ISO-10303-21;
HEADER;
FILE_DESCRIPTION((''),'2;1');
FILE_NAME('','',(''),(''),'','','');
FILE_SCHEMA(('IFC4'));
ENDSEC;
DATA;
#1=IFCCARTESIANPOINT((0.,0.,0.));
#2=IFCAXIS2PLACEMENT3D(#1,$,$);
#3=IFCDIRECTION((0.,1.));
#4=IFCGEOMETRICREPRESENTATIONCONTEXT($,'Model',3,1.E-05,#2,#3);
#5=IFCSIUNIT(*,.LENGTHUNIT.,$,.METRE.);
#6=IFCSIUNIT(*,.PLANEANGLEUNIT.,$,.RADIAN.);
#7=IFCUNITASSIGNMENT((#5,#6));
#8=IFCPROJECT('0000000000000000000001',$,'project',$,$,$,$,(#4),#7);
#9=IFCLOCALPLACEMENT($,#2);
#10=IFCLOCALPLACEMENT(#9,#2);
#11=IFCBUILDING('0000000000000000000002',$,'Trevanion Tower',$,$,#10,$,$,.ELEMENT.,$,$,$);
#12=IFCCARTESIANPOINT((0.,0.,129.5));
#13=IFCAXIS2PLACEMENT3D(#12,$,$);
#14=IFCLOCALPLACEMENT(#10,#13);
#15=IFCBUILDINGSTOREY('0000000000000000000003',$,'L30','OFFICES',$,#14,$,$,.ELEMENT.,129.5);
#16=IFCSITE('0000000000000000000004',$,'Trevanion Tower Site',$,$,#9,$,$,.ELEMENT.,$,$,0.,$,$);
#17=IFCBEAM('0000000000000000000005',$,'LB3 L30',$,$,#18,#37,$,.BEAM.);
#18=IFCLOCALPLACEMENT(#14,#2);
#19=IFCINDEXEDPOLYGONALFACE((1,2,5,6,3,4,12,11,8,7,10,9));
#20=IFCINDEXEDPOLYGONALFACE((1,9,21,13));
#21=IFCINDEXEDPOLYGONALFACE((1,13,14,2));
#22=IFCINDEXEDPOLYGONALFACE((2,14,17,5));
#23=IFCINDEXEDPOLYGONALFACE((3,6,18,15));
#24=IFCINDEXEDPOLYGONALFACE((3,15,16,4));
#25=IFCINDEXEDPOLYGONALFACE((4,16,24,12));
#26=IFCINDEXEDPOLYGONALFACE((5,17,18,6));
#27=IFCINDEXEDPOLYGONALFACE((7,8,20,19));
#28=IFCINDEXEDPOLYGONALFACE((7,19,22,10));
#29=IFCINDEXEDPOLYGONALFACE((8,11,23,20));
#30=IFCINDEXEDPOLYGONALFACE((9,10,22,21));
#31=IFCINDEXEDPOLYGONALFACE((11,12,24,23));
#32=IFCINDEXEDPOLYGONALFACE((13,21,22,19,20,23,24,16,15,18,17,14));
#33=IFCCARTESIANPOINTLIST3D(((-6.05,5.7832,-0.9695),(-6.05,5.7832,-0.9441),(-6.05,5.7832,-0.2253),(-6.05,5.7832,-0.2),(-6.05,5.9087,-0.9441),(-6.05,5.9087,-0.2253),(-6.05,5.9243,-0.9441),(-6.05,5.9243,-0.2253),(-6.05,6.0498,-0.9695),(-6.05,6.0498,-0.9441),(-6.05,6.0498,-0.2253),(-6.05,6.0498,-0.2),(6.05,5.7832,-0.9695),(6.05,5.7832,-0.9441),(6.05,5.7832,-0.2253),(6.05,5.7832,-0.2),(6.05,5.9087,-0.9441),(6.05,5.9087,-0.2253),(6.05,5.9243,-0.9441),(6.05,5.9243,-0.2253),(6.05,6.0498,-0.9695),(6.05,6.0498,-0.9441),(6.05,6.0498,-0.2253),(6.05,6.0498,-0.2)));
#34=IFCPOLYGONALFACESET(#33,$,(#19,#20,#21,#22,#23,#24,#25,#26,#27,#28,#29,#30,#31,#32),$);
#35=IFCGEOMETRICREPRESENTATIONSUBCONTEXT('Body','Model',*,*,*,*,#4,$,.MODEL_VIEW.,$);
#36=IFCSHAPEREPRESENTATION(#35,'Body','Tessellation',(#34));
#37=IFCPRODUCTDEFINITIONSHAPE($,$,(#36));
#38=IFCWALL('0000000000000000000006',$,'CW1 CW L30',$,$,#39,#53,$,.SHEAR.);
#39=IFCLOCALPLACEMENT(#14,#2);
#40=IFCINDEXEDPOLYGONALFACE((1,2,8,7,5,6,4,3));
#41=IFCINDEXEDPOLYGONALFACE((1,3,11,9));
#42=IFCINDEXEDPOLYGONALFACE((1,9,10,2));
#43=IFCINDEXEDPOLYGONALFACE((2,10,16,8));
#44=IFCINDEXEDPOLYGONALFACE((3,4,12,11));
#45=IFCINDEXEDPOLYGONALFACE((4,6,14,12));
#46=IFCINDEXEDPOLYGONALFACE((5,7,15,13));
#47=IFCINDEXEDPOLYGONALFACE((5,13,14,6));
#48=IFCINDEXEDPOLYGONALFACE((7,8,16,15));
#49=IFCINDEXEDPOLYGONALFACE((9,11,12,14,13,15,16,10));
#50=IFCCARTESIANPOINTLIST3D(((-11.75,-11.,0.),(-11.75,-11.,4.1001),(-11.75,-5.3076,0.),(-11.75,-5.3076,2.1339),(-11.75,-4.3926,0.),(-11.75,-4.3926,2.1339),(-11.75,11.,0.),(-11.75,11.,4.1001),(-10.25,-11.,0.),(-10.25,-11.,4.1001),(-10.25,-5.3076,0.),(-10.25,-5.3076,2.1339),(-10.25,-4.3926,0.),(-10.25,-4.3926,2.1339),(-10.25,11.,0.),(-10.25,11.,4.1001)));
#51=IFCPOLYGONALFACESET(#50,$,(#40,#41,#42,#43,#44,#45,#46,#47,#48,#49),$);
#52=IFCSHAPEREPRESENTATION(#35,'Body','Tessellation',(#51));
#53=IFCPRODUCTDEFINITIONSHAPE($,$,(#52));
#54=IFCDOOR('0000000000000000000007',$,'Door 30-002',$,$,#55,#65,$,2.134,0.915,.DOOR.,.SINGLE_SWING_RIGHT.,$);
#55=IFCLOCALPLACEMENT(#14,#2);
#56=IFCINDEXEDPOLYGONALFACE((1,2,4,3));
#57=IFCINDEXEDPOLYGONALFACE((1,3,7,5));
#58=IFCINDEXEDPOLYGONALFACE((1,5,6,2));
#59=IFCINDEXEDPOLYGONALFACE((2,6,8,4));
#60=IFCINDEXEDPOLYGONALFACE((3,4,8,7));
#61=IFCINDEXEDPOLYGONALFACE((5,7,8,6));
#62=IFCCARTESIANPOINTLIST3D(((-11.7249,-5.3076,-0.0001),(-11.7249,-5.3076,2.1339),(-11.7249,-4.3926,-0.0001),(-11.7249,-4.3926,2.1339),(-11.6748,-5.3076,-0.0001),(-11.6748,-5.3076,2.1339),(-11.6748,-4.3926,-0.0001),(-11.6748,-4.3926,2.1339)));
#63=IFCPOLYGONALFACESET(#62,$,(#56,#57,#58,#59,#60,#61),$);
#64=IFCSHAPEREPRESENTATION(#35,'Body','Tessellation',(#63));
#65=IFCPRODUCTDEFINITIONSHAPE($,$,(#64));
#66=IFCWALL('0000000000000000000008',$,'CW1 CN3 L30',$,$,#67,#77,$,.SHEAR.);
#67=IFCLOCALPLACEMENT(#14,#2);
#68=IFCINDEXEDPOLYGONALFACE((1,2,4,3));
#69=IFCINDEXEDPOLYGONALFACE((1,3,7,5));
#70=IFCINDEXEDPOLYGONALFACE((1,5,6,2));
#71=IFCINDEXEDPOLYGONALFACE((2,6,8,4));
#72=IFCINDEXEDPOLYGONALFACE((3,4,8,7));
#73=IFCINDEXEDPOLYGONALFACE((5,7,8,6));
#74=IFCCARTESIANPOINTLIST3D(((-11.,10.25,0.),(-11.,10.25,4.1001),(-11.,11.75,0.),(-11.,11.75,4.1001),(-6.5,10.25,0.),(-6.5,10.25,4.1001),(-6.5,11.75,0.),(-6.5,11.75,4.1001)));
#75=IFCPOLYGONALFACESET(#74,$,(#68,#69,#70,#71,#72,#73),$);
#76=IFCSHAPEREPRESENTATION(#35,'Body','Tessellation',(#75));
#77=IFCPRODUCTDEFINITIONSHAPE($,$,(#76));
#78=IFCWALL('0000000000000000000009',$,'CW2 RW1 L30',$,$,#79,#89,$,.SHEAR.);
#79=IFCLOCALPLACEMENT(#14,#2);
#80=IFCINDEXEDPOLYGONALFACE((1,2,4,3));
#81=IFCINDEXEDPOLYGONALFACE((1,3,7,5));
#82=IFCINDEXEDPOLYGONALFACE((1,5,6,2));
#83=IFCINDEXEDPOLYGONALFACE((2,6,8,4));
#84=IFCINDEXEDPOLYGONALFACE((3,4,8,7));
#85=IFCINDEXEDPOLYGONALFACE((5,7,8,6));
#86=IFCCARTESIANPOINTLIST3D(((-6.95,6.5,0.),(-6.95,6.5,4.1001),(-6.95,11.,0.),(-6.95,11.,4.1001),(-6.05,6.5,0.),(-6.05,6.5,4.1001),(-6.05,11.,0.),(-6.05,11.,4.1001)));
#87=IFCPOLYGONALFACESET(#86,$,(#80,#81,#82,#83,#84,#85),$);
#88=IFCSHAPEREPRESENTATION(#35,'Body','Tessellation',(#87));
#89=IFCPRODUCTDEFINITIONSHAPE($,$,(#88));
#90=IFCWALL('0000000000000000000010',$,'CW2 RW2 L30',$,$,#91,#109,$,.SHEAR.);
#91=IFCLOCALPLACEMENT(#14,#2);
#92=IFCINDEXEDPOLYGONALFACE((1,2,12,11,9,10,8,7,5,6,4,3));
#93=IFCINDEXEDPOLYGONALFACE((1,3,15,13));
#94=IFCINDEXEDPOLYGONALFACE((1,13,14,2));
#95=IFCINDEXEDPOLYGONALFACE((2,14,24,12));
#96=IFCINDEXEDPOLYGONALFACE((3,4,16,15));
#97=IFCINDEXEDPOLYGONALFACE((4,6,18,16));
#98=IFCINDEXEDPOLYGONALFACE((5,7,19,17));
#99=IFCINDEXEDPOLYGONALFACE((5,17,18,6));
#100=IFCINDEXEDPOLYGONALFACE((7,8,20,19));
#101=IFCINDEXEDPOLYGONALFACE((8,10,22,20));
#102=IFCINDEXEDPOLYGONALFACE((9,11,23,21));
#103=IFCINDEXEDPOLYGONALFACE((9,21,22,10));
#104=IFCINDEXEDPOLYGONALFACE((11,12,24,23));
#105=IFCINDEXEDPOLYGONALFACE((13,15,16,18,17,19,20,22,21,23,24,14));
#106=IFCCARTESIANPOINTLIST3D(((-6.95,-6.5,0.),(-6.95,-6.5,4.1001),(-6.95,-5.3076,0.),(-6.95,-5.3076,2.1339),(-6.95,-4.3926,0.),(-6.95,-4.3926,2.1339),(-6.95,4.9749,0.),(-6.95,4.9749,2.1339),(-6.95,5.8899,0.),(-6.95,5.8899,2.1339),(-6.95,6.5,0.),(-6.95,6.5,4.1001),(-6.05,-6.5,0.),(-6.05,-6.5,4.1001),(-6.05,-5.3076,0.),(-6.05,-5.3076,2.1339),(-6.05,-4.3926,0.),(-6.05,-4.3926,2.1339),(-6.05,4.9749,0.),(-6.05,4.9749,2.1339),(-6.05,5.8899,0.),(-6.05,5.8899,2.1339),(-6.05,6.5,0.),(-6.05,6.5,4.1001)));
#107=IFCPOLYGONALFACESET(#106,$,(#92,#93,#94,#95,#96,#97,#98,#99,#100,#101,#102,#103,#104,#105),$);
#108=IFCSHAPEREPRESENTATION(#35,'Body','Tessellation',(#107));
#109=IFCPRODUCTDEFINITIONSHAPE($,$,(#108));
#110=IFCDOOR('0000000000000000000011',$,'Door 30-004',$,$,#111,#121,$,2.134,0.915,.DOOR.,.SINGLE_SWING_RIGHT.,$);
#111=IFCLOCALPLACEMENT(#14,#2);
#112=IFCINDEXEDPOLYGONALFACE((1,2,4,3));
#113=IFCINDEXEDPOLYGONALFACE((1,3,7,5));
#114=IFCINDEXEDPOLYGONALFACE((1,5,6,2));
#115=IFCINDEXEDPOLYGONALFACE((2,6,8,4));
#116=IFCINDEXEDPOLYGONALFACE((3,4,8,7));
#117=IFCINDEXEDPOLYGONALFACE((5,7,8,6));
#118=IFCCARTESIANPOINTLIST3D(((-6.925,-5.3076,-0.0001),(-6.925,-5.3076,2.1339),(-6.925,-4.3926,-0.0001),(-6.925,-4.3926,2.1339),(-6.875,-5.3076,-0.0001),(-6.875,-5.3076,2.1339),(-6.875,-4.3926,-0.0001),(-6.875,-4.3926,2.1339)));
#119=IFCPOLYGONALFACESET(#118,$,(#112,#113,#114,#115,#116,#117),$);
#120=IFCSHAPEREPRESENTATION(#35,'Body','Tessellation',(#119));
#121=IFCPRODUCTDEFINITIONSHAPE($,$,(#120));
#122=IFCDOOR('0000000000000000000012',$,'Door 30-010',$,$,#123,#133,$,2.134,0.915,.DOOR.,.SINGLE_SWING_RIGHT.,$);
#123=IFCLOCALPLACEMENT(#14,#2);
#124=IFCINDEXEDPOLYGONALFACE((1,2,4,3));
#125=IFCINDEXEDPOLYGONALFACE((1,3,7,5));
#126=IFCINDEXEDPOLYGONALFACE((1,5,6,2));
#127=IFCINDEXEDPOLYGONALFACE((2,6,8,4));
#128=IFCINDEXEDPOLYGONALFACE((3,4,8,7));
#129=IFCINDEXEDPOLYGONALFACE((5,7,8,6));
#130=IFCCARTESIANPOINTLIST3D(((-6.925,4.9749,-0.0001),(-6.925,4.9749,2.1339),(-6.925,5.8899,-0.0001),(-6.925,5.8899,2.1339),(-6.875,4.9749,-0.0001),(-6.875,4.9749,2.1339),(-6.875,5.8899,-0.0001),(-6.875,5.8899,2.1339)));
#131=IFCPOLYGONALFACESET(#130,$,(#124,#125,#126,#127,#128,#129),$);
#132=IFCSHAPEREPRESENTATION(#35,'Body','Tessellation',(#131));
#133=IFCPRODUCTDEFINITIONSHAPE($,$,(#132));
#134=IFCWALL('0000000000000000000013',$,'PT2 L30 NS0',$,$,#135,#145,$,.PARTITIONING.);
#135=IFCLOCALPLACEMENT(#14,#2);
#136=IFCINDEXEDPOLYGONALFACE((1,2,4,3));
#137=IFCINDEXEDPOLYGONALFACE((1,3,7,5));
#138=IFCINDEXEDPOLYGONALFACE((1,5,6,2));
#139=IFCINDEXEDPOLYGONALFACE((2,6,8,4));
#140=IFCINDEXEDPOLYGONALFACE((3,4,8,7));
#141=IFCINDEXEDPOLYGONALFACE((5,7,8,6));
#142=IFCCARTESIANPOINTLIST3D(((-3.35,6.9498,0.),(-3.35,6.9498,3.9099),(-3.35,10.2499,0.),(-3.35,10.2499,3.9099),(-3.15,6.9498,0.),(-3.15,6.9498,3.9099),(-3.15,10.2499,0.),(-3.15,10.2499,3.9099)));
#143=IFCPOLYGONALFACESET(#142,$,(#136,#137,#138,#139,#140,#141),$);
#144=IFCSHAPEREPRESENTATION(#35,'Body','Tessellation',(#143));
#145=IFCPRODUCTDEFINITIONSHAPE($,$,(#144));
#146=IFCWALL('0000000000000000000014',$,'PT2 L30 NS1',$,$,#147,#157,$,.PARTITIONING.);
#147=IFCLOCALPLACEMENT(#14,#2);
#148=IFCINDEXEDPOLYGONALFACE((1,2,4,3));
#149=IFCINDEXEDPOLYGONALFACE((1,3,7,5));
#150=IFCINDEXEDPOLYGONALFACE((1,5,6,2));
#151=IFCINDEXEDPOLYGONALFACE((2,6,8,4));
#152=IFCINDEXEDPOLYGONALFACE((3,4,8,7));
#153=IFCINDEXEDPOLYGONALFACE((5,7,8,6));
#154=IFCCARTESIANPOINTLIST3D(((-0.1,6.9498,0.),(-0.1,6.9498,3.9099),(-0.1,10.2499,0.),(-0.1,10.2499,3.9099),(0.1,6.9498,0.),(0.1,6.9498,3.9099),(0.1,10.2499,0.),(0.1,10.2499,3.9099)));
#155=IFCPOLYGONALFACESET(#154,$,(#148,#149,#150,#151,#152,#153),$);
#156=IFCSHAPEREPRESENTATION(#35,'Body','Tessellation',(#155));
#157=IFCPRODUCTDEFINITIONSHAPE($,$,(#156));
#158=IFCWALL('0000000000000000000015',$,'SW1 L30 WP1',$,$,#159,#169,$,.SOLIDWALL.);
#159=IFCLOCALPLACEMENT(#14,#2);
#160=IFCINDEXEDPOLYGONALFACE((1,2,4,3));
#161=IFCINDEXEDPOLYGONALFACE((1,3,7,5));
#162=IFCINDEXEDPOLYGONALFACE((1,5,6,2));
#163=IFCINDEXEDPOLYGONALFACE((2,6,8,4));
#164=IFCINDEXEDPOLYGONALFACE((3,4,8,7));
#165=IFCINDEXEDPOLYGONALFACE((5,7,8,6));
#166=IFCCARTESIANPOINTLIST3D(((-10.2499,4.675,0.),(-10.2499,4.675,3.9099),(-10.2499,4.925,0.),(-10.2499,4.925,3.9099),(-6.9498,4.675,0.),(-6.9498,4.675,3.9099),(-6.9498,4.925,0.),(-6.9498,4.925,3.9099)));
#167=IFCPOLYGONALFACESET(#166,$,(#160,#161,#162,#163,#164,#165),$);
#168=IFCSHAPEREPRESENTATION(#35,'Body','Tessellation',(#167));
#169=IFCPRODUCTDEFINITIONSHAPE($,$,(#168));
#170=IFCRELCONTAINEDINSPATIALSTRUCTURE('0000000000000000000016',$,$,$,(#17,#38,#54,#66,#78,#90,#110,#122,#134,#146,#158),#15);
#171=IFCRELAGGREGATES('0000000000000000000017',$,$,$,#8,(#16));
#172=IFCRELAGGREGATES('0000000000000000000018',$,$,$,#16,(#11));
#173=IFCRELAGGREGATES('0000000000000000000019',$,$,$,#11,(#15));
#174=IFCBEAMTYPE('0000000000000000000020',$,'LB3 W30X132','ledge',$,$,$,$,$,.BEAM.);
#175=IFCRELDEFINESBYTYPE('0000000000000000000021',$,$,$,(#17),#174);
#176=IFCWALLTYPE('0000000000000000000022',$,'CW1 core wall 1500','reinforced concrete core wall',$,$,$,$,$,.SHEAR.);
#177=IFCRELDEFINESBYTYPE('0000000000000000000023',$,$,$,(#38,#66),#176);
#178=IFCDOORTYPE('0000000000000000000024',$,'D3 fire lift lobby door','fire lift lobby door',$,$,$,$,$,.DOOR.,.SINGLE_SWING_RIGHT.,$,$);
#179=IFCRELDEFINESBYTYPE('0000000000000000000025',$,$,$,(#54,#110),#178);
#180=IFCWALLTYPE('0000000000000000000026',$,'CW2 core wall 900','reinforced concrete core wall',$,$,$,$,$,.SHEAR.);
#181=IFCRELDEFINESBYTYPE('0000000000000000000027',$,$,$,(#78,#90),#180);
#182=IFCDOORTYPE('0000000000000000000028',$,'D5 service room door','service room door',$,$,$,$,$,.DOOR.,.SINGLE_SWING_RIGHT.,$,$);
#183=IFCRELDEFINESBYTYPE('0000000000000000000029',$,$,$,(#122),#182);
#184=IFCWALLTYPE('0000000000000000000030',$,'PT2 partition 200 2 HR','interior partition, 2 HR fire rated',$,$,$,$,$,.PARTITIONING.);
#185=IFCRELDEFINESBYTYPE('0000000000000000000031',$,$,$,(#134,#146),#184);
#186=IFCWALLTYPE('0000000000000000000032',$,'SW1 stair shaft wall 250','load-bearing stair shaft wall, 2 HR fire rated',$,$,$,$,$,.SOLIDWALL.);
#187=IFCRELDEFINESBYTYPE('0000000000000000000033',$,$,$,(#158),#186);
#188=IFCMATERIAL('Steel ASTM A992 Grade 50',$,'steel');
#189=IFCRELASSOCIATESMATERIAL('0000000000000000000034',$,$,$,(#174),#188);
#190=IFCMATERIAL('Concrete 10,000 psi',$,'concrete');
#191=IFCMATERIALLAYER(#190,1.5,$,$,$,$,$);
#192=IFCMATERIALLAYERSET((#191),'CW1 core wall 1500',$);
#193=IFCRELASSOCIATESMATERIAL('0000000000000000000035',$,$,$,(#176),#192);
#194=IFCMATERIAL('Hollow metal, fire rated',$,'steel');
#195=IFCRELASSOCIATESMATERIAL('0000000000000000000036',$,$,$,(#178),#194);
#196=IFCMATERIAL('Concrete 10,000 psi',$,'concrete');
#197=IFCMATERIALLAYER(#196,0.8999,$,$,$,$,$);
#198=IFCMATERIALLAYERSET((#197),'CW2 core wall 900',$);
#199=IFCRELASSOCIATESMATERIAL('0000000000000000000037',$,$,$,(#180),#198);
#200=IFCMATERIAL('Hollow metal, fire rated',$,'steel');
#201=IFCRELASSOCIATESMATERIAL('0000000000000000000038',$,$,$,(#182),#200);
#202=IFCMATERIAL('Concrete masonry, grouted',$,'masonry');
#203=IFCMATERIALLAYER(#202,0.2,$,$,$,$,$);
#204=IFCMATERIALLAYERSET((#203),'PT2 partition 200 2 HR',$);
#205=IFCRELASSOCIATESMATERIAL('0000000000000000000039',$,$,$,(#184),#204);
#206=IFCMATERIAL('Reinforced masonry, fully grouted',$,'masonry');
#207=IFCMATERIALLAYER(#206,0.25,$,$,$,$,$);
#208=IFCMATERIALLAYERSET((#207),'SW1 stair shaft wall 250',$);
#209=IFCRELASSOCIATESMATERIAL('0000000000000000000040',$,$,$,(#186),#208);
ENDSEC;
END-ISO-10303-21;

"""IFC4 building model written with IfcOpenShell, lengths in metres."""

from ifc_helpers import new_model, si_unit, direction, frame, frame_2d, origin, origin_2d, place, context, subcontext, project, spatial, rectangle, i_section, extrude, material, layer, layer_set, material_profile, profile_set, type_object, element, fill, save


model = new_model("IFC4")

# Units and contexts
model_context = context("Model", 3, precision=1e-05, world=origin(), true_north=direction((0.0, 1.0)))
body_context = subcontext(model_context, "Body", "Model", "MODEL_VIEW")
ifc_project = project(units=[si_unit("LENGTHUNIT", "METRE"), si_unit("PLANEANGLEUNIT", "RADIAN")], contexts=[model_context])

# Site, building, storey
site_placement = place(None, origin())
site = spatial("IfcSite", under=ifc_project, at=site_placement, Name="Trevanion Tower Site", CompositionType="ELEMENT", RefElevation=0.0)
building_placement = place(site_placement, origin())
building = spatial("IfcBuilding", under=site, at=building_placement, Name="Trevanion Tower", CompositionType="ELEMENT")
storey_placement = place(building_placement, frame((0.0, 0.0, 129.5)))
storey = spatial("IfcBuildingStorey", under=building, at=storey_placement, Name="L30", Description="OFFICES", CompositionType="ELEMENT", Elevation=129.5)

# Beam
ifc_material_1 = material(Name="Steel ASTM A992 Grade 50", Category="steel")
ifc_material_profile_1 = material_profile(ifc_material_1, i_section(OverallWidth=0.2666, OverallDepth=0.7695, WebThickness=0.0156, FlangeThickness=0.0254, at=origin_2d()), Name="W30X132")
ifc_profile_set_1 = profile_set([ifc_material_profile_1], Name="Steel ASTM A992 Grade 50")
beam_type_1 = type_object("IfcBeamType", Name="LB3 W30X132", Description="ledge", PredefinedType="BEAM", material=ifc_profile_set_1)
beam_1_placement = place(storey_placement, frame((-6.05, 5.9165, -0.5847), z_axis=(1.0, 0.0, 0.0), x_axis=(0.0, 1.0, 0.0)))
element("IfcBeam", 1, at=beam_1_placement, inside=storey, type_object=beam_type_1, Name="LB3 L30", PredefinedType="BEAM", context=body_context, shape_type="SweptSolid", body=[
    extrude(i_section(OverallWidth=0.2666, OverallDepth=0.7695, WebThickness=0.0156, FlangeThickness=0.0254, at=origin_2d()), origin(), (0.0, 0.0, 1.0), 12.1001),
])

# Wall, opening, door
ifc_material_2 = material(Name="Concrete 10,000 psi", Category="concrete")
ifc_layer_1 = layer(ifc_material_2, 1.5)
ifc_layer_set_1 = layer_set([ifc_layer_1], Name="CW1 core wall 1500")
wall_type_1 = type_object("IfcWallType", Name="CW1 core wall 1500", Description="reinforced concrete core wall", PredefinedType="SHEAR", material=ifc_layer_set_1)
wall_1_placement = place(storey_placement, frame((-11.0, 11.0, 0.0), z_axis=(0.0, 0.0, 1.0), x_axis=(0.0, -1.0, 0.0)))
wall_1 = element("IfcWall", 2, at=wall_1_placement, inside=storey, type_object=wall_type_1, Name="CW1 CW L30", PredefinedType="SHEAR", context=body_context, shape_type="SweptSolid", body=[
    extrude(rectangle(XDim=22.0, YDim=1.5, at=frame_2d((11.0, 0.0))), origin(), (0.0, 0.0, 1.0), 4.1001),
])
opening_1_placement = place(wall_1_placement, frame((15.3926, 0.0, 0.0)))
opening_1 = element("IfcOpeningElement", 3, at=opening_1_placement, cuts=wall_1, PredefinedType="OPENING", context=body_context, shape_type="SweptSolid", body=[
    extrude(rectangle(XDim=0.915, YDim=2.134, at=frame_2d((0.4575, 1.0669))), frame((0.0, 0.76, 0.0), z_axis=(0.0, -1.0, 0.0), x_axis=(1.0, 0.0, 0.0)), (0.0, 0.0, 1.0), 1.52),
])
ifc_material_3 = material(Name="Hollow metal, fire rated", Category="steel")
door_type_1 = type_object("IfcDoorType", Name="D3 fire lift lobby door", Description="fire lift lobby door", OperationType="SINGLE_SWING_RIGHT", PredefinedType="DOOR", material=ifc_material_3)
door_1_placement = place(opening_1_placement, origin())
door_1 = element("IfcDoor", 4, at=door_1_placement, inside=storey, type_object=door_type_1, Name="Door 30-002", OperationType="SINGLE_SWING_RIGHT", OverallHeight=2.134, OverallWidth=0.915, PredefinedType="DOOR", context=body_context, shape_type="SweptSolid", body=[
    extrude(rectangle(XDim=0.915, YDim=2.134, at=frame_2d((0.4575, 1.0669))), frame((0.0, -0.6748, 0.0), z_axis=(0.0, -1.0, 0.0), x_axis=(1.0, 0.0, 0.0)), (0.0, 0.0, 1.0), 0.05),
])
fill(opening_1, door_1)

# Walls
wall_2_placement = place(storey_placement, frame((-6.5, 11.0, 0.0), z_axis=(0.0, 0.0, 1.0), x_axis=(-1.0, 0.0, 0.0)))
element("IfcWall", 5, at=wall_2_placement, inside=storey, type_object=wall_type_1, Name="CW1 CN3 L30", PredefinedType="SHEAR", context=body_context, shape_type="SweptSolid", body=[
    extrude(rectangle(XDim=4.5, YDim=1.5, at=frame_2d((2.25, 0.0))), origin(), (0.0, 0.0, 1.0), 4.1001),
])
ifc_material_4 = material(Name="Concrete 10,000 psi", Category="concrete")
ifc_layer_2 = layer(ifc_material_4, 0.8999)
ifc_layer_set_2 = layer_set([ifc_layer_2], Name="CW2 core wall 900")
wall_type_2 = type_object("IfcWallType", Name="CW2 core wall 900", Description="reinforced concrete core wall", PredefinedType="SHEAR", material=ifc_layer_set_2)
wall_3_placement = place(storey_placement, frame((-6.5, 11.0, 0.0), z_axis=(0.0, 0.0, 1.0), x_axis=(0.0, -1.0, 0.0)))
element("IfcWall", 6, at=wall_3_placement, inside=storey, type_object=wall_type_2, Name="CW2 RW1 L30", PredefinedType="SHEAR", context=body_context, shape_type="SweptSolid", body=[
    extrude(rectangle(XDim=4.5, YDim=0.8999, at=frame_2d((2.25, 0.0))), origin(), (0.0, 0.0, 1.0), 4.1001),
])

# Wall, openings, doors
wall_4_placement = place(storey_placement, frame((-6.5, 6.5, 0.0), z_axis=(0.0, 0.0, 1.0), x_axis=(0.0, -1.0, 0.0)))
wall_4 = element("IfcWall", 7, at=wall_4_placement, inside=storey, type_object=wall_type_2, Name="CW2 RW2 L30", PredefinedType="SHEAR", context=body_context, shape_type="SweptSolid", body=[
    extrude(rectangle(XDim=13.0, YDim=0.8999, at=frame_2d((6.5, 0.0))), origin(), (0.0, 0.0, 1.0), 4.1001),
])
opening_2_placement = place(wall_4_placement, frame((10.8926, 0.0, 0.0)))
opening_2 = element("IfcOpeningElement", 8, at=opening_2_placement, cuts=wall_4, PredefinedType="OPENING", context=body_context, shape_type="SweptSolid", body=[
    extrude(rectangle(XDim=0.915, YDim=2.134, at=frame_2d((0.4575, 1.0669))), frame((0.0, 0.46, 0.0), z_axis=(0.0, -1.0, 0.0), x_axis=(1.0, 0.0, 0.0)), (0.0, 0.0, 1.0), 0.9199),
])
opening_3_placement = place(wall_4_placement, frame((0.6101, 0.0, 0.0)))
opening_3 = element("IfcOpeningElement", 9, at=opening_3_placement, cuts=wall_4, PredefinedType="OPENING", context=body_context, shape_type="SweptSolid", body=[
    extrude(rectangle(XDim=0.915, YDim=2.134, at=frame_2d((0.4575, 1.0669))), frame((0.0, 0.46, 0.0), z_axis=(0.0, -1.0, 0.0), x_axis=(1.0, 0.0, 0.0)), (0.0, 0.0, 1.0), 0.9199),
])
door_2_placement = place(opening_2_placement, origin())
door_2 = element("IfcDoor", 10, at=door_2_placement, inside=storey, type_object=door_type_1, Name="Door 30-004", OperationType="SINGLE_SWING_RIGHT", OverallHeight=2.134, OverallWidth=0.915, PredefinedType="DOOR", context=body_context, shape_type="SweptSolid", body=[
    extrude(rectangle(XDim=0.915, YDim=2.134, at=frame_2d((0.4575, 1.0669))), frame((0.0, -0.375, 0.0), z_axis=(0.0, -1.0, 0.0), x_axis=(1.0, 0.0, 0.0)), (0.0, 0.0, 1.0), 0.05),
])
fill(opening_2, door_2)
ifc_material_5 = material(Name="Hollow metal, fire rated", Category="steel")
door_type_2 = type_object("IfcDoorType", Name="D5 service room door", Description="service room door", OperationType="SINGLE_SWING_RIGHT", PredefinedType="DOOR", material=ifc_material_5)
door_3_placement = place(opening_3_placement, origin())
door_3 = element("IfcDoor", 11, at=door_3_placement, inside=storey, type_object=door_type_2, Name="Door 30-010", OperationType="SINGLE_SWING_RIGHT", OverallHeight=2.134, OverallWidth=0.915, PredefinedType="DOOR", context=body_context, shape_type="SweptSolid", body=[
    extrude(rectangle(XDim=0.915, YDim=2.134, at=frame_2d((0.4575, 1.0669))), frame((0.0, -0.375, 0.0), z_axis=(0.0, -1.0, 0.0), x_axis=(1.0, 0.0, 0.0)), (0.0, 0.0, 1.0), 0.05),
])
fill(opening_3, door_3)

# Walls
ifc_material_6 = material(Name="Concrete masonry, grouted", Category="masonry")
ifc_layer_3 = layer(ifc_material_6, 0.2)
ifc_layer_set_3 = layer_set([ifc_layer_3], Name="PT2 partition 200 2 HR")
wall_type_3 = type_object("IfcWallType", Name="PT2 partition 200 2 HR", Description="interior partition, 2 HR fire rated", PredefinedType="PARTITIONING", material=ifc_layer_set_3)
for number, where, z_axis, x_axis, name in (
    (12, (-3.25, 6.95, 0.0), (0.0, 0.0, 1.0), (0.0, 1.0, 0.0), "PT2 L30 NS0"),
    (13, (0.0, 6.95, 0.0), (0.0, 0.0, 1.0), (0.0, 1.0, 0.0), "PT2 L30 NS1"),
):
    element("IfcWall", number, at=place(storey_placement, frame(where, z_axis=z_axis, x_axis=x_axis)), inside=storey, type_object=wall_type_3, Name=name, PredefinedType="PARTITIONING", context=body_context, shape_type="SweptSolid", body=[
        extrude(rectangle(XDim=3.3, YDim=0.2, at=frame_2d((1.6499, 0.0))), origin(), (0.0, 0.0, 1.0), 3.9099),
    ])
ifc_material_7 = material(Name="Reinforced masonry, fully grouted", Category="masonry")
ifc_layer_4 = layer(ifc_material_7, 0.25)
ifc_layer_set_4 = layer_set([ifc_layer_4], Name="SW1 stair shaft wall 250")
wall_type_4 = type_object("IfcWallType", Name="SW1 stair shaft wall 250", Description="load-bearing stair shaft wall, 2 HR fire rated", PredefinedType="SOLIDWALL", material=ifc_layer_set_4)
wall_5_placement = place(storey_placement, frame((-6.95, 4.8, 0.0), z_axis=(0.0, 0.0, 1.0), x_axis=(-1.0, 0.0, 0.0)))
element("IfcWall", 14, at=wall_5_placement, inside=storey, type_object=wall_type_4, Name="SW1 L30 WP1", PredefinedType="SOLIDWALL", context=body_context, shape_type="SweptSolid", body=[
    extrude(rectangle(XDim=3.3, YDim=0.25, at=frame_2d((1.6499, 0.0))), origin(), (0.0, 0.0, 1.0), 3.9099),
])

save(model, "model.ifc")
